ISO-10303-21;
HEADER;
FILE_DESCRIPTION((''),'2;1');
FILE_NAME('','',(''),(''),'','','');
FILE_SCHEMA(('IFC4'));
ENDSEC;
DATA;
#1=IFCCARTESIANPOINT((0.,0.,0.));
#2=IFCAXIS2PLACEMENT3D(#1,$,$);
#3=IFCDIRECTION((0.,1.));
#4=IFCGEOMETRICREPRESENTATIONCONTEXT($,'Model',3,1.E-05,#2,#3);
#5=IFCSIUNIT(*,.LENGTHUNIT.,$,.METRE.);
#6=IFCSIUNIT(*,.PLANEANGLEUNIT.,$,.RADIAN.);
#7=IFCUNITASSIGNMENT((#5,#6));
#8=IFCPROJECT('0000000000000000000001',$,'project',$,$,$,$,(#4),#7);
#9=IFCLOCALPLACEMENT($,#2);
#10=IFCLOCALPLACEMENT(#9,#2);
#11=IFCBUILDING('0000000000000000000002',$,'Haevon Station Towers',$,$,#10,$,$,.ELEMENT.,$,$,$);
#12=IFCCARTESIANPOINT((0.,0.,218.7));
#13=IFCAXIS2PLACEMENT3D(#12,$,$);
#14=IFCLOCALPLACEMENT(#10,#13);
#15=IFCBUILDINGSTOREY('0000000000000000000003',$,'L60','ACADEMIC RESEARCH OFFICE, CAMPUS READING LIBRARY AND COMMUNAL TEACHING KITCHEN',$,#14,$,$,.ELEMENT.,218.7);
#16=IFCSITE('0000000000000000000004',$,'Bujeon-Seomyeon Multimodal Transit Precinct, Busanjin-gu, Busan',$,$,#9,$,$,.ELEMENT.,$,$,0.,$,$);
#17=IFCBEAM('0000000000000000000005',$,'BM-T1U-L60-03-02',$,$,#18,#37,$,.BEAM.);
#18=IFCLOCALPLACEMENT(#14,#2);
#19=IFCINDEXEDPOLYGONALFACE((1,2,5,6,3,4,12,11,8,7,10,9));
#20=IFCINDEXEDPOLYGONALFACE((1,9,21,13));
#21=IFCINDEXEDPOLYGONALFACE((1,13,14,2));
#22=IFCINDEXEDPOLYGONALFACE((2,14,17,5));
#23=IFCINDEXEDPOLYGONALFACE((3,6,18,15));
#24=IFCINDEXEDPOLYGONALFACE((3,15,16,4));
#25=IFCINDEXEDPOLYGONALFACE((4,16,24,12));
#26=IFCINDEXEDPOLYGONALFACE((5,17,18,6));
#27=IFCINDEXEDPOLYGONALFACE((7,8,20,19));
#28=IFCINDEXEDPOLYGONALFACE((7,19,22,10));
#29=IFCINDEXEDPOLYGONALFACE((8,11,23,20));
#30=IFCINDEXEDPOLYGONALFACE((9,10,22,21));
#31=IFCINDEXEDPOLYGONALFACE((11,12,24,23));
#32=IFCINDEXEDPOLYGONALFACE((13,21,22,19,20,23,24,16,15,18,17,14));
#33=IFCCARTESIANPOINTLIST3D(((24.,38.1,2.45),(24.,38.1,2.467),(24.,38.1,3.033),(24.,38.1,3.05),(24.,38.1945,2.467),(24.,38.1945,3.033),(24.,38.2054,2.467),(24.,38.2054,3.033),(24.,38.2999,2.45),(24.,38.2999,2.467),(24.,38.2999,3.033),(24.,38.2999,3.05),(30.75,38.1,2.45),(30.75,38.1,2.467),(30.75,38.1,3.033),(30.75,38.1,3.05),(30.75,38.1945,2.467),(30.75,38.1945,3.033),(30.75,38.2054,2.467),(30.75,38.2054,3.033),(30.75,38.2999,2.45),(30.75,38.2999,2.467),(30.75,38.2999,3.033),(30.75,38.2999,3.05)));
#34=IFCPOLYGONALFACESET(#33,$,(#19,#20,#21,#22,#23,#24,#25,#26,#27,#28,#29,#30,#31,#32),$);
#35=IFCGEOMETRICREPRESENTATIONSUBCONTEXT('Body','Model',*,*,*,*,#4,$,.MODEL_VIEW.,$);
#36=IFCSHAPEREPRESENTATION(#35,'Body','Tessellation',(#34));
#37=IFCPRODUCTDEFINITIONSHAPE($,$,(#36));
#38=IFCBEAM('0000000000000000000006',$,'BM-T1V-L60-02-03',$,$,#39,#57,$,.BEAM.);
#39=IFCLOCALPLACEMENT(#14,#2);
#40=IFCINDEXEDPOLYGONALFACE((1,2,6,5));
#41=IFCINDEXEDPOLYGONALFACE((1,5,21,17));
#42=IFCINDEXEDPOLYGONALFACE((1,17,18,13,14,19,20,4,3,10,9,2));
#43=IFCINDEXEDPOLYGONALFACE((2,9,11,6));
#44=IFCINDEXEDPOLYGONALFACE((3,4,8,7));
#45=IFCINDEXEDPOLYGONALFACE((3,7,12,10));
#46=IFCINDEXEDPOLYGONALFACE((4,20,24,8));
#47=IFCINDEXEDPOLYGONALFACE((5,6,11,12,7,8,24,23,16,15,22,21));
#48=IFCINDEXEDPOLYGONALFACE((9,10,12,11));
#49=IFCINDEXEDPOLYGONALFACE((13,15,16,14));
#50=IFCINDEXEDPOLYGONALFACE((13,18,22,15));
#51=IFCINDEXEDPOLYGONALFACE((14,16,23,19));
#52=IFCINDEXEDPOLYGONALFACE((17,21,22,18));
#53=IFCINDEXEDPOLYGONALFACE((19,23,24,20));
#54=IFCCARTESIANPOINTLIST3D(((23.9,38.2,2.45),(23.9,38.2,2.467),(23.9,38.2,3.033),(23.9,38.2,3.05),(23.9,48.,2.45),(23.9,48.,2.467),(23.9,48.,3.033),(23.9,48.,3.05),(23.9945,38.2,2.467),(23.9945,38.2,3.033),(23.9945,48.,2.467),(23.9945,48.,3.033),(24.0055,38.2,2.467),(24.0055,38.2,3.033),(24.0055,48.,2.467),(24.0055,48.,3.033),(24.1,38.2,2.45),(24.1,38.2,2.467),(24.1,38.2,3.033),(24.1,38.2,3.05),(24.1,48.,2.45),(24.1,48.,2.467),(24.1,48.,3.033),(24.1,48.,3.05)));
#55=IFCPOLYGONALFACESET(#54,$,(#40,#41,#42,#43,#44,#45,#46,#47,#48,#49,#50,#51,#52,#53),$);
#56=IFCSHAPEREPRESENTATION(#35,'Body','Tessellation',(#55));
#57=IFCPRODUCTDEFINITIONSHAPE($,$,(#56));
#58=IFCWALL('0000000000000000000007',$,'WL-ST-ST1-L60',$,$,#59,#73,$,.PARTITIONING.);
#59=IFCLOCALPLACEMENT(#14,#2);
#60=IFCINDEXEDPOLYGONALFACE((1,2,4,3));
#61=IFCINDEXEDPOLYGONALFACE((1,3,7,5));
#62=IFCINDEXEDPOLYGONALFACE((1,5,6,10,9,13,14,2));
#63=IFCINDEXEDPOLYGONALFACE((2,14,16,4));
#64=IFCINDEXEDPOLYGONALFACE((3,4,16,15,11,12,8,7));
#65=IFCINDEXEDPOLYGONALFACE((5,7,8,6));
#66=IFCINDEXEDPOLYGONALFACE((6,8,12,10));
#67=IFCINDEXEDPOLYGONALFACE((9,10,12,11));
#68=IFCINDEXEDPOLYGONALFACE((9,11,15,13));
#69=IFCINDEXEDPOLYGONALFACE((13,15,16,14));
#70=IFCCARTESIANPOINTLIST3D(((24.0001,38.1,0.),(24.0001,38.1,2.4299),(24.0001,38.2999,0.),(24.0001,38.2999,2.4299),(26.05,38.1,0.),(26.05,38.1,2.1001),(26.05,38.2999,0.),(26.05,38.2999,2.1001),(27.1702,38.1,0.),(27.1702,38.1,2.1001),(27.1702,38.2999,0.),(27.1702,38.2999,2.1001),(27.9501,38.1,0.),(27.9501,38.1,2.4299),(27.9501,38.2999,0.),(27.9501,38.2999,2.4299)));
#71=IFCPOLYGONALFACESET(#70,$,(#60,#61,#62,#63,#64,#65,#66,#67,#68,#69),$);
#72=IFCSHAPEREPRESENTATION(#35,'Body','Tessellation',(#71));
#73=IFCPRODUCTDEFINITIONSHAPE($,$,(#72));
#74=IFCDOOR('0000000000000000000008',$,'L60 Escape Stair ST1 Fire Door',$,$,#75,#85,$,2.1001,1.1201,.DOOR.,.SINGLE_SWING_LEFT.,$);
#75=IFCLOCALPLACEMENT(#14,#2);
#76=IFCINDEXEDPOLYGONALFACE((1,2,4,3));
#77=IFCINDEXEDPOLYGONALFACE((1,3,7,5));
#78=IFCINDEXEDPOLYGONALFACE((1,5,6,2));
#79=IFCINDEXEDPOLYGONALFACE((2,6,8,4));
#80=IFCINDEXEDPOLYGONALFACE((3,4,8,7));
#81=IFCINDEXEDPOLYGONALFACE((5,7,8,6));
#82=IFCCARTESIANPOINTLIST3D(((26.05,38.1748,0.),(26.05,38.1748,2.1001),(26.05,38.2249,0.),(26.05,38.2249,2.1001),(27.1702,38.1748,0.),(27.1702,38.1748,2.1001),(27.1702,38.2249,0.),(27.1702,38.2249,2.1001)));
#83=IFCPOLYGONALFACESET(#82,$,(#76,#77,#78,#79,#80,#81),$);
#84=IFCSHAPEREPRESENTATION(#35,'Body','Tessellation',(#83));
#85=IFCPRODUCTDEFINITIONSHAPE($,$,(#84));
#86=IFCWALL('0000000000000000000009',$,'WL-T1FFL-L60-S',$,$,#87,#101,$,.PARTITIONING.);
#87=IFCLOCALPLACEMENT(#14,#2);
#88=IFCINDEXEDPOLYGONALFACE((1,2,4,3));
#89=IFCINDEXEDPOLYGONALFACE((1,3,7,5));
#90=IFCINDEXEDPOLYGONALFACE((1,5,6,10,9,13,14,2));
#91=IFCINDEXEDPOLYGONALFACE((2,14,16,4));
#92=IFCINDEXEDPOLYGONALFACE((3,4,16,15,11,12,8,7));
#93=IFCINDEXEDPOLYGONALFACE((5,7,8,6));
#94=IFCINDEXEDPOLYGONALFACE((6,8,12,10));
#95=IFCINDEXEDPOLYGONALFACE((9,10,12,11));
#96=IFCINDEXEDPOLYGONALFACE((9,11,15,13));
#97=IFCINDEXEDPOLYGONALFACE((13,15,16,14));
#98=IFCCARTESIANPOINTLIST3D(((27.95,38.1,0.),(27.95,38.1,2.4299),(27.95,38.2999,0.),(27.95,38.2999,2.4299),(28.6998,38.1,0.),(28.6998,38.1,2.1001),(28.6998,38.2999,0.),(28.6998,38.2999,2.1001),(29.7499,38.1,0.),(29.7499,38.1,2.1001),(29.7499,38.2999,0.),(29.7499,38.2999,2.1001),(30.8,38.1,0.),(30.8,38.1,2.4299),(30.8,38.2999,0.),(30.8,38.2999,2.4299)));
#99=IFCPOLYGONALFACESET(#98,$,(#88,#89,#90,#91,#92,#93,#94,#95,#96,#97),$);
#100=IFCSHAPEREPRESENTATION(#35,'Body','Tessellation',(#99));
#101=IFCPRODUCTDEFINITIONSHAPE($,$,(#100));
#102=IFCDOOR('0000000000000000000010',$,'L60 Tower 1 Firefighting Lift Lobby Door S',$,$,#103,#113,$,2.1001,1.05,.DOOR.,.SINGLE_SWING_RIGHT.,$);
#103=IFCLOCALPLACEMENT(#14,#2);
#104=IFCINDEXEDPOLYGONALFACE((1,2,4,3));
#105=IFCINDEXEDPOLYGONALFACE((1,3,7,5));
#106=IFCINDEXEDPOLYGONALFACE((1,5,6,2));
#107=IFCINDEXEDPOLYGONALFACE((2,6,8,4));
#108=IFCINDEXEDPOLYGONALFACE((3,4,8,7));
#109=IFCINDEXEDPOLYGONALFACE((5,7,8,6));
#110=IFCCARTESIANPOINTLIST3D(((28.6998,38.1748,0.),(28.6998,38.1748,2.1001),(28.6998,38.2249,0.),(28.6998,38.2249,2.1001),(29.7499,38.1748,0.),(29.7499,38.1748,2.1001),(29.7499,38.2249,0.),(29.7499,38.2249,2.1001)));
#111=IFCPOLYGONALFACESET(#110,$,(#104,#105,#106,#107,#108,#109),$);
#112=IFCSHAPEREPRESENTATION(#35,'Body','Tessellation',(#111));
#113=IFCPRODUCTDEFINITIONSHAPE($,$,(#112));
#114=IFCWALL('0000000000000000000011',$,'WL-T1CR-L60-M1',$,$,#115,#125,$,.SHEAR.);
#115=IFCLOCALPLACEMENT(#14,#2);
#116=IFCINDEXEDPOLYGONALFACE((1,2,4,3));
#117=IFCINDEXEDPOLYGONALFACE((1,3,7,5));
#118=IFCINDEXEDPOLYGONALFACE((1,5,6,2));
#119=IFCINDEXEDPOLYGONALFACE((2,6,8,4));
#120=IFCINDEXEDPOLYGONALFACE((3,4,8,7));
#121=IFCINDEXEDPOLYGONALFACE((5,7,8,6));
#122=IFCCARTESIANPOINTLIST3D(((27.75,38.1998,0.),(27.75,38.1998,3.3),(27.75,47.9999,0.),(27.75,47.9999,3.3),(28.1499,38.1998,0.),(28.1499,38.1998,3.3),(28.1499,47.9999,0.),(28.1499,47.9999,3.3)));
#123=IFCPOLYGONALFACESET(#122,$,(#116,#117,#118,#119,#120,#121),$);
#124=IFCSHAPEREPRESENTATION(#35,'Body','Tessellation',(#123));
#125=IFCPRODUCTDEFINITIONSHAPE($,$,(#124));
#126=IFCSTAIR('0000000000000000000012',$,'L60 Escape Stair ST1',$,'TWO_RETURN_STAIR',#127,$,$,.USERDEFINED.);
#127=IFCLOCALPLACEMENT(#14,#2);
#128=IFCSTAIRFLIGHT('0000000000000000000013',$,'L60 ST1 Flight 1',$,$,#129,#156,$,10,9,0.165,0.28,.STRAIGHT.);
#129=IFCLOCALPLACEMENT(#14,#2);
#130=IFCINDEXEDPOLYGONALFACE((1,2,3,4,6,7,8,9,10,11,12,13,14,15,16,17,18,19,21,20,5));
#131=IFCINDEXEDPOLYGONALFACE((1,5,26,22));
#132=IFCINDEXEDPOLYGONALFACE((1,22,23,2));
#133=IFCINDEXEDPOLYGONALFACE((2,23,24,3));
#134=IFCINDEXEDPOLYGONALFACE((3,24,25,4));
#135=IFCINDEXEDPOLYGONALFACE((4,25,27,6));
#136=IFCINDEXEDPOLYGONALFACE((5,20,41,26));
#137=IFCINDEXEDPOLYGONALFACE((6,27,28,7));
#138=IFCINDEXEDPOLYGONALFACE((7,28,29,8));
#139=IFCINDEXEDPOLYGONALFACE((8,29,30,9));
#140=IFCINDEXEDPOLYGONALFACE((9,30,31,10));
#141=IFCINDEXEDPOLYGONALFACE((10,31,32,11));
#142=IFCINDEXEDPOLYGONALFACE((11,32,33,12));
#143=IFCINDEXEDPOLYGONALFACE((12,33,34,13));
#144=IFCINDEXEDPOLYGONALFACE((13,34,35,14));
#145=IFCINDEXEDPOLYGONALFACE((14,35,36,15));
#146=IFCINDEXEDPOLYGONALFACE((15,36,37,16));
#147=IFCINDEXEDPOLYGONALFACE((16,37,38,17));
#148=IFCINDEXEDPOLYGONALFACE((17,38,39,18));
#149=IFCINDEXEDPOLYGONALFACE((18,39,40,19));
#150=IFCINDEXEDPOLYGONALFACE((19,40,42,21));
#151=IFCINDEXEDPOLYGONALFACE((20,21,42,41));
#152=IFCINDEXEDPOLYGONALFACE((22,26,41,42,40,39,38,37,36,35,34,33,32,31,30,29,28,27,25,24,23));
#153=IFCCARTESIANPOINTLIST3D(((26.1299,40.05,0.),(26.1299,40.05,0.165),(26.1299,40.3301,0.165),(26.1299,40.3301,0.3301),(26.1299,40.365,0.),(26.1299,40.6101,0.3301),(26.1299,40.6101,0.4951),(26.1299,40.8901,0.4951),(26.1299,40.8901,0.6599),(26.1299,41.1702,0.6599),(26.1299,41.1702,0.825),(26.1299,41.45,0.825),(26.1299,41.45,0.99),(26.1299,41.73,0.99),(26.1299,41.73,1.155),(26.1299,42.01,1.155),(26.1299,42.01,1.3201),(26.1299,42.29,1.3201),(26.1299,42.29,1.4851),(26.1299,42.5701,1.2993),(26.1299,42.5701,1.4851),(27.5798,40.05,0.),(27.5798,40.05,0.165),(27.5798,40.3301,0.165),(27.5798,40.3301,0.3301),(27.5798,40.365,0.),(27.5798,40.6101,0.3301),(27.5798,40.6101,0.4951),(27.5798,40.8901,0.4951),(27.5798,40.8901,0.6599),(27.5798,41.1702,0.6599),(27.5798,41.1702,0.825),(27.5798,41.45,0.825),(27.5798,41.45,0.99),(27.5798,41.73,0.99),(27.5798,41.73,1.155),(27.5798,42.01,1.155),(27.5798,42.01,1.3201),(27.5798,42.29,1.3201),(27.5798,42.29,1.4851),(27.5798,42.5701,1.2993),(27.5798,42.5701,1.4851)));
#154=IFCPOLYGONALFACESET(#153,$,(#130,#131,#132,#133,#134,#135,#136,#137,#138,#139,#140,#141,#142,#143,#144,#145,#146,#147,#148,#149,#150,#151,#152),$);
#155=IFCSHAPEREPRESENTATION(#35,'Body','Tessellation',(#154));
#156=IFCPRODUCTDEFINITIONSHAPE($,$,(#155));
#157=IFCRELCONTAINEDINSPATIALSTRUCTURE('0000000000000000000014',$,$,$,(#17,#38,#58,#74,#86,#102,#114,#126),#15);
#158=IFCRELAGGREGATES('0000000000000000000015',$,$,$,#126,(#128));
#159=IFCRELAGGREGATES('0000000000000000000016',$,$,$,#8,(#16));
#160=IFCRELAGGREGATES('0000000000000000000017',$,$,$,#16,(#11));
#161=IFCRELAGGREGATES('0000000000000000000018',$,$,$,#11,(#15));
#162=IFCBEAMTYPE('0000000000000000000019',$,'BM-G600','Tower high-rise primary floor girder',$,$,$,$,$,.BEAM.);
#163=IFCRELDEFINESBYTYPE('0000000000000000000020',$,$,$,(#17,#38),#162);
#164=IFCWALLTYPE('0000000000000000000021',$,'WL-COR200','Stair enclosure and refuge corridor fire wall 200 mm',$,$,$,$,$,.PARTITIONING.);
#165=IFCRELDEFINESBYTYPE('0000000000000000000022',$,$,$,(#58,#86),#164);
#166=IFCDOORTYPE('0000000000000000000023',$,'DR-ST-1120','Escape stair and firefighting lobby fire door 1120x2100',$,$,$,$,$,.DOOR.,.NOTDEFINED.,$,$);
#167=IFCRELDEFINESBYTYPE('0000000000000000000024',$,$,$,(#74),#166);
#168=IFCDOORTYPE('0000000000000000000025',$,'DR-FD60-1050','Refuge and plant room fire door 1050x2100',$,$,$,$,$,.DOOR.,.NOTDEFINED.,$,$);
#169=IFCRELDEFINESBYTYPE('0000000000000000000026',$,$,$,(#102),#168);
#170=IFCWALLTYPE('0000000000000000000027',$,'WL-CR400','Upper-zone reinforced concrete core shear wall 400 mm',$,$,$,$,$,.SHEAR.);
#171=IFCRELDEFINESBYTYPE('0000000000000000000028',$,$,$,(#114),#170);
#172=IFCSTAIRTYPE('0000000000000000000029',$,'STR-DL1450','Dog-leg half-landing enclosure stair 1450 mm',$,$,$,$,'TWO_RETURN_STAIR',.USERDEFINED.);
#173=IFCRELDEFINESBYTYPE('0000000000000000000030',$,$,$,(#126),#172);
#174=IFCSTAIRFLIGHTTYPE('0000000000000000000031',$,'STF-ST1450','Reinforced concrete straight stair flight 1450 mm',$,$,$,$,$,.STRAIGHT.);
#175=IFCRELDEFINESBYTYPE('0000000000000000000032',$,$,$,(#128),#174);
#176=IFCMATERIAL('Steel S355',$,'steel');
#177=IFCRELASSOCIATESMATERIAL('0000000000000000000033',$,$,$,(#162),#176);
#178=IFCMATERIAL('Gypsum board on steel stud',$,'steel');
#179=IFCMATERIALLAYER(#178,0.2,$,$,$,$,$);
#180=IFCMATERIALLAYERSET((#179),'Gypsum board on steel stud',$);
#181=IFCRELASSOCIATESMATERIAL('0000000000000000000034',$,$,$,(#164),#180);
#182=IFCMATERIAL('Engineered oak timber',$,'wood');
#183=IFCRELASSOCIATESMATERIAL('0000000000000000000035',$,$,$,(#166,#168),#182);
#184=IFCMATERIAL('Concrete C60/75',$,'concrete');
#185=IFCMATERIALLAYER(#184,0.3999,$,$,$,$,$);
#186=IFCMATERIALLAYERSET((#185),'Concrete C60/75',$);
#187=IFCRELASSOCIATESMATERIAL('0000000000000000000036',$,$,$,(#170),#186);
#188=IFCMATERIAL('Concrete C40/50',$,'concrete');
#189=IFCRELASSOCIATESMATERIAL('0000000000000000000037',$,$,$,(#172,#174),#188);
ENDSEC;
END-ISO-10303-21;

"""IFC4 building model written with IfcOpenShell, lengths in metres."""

from ifc_helpers import new_model, si_unit, direction, frame, frame_2d, origin, origin_2d, place, context, subcontext, project, spatial, polyline, rectangle, i_section, outline, extrude, material, layer, layer_set, material_profile, profile_set, type_object, element, fill, aggregate, save


model = new_model("IFC4")

# Units and contexts
model_context = context("Model", 3, precision=1e-05, world=origin(), true_north=direction((0.0, 1.0)))
body_context = subcontext(model_context, "Body", "Model", "MODEL_VIEW")
ifc_project = project(units=[si_unit("LENGTHUNIT", "METRE"), si_unit("PLANEANGLEUNIT", "RADIAN")], contexts=[model_context])

# Site, building, storey
site_placement = place(None, origin())
site = spatial("IfcSite", under=ifc_project, at=site_placement, Name="Bujeon-Seomyeon Multimodal Transit Precinct, Busanjin-gu, Busan", CompositionType="ELEMENT", RefElevation=0.0)
building_placement = place(site_placement, origin())
building = spatial("IfcBuilding", under=site, at=building_placement, Name="Haevon Station Towers", CompositionType="ELEMENT")
storey_placement = place(building_placement, frame((0.0, 0.0, 218.7)))
storey = spatial("IfcBuildingStorey", under=building, at=storey_placement, Name="L60", Description="ACADEMIC RESEARCH OFFICE, CAMPUS READING LIBRARY AND COMMUNAL TEACHING KITCHEN", CompositionType="ELEMENT", Elevation=218.7)

# Beams
ifc_material_1 = material(Name="Steel S355", Category="steel")
ifc_material_profile = material_profile(ifc_material_1, i_section(OverallWidth=0.2, OverallDepth=0.6001, WebThickness=0.011, FlangeThickness=0.0171, at=origin_2d()), Name="H-600x200x11x17")
ifc_profile_set = profile_set([ifc_material_profile], Name="Steel S355")
beam_type = type_object("IfcBeamType", Name="BM-G600", Description="Tower high-rise primary floor girder", PredefinedType="BEAM", material=ifc_profile_set)
beam_1_placement = place(storey_placement, frame((24.0, 38.2, 2.75), z_axis=(1.0, 0.0, 0.0), x_axis=(0.0, 1.0, 0.0)))
element("IfcBeam", 1, at=beam_1_placement, inside=storey, type_object=beam_type, Name="BM-T1U-L60-03-02", PredefinedType="BEAM", context=body_context, shape_type="SweptSolid", body=[
    extrude(i_section(OverallWidth=0.2, OverallDepth=0.6001, WebThickness=0.011, FlangeThickness=0.0171, at=origin_2d()), origin(), (0.0, 0.0, 1.0), 6.75),
])
beam_2_placement = place(storey_placement, frame((24.0, 38.2, 2.75), z_axis=(0.0, 1.0, 0.0), x_axis=(-1.0, 0.0, 0.0)))
element("IfcBeam", 2, at=beam_2_placement, inside=storey, type_object=beam_type, Name="BM-T1V-L60-02-03", PredefinedType="BEAM", context=body_context, shape_type="SweptSolid", body=[
    extrude(i_section(OverallWidth=0.2, OverallDepth=0.6001, WebThickness=0.011, FlangeThickness=0.0171, at=origin_2d()), origin(), (0.0, 0.0, 1.0), 9.8),
])

# Walls, openings, doors
ifc_material_2 = material(Name="Gypsum board on steel stud", Category="steel")
ifc_layer_1 = layer(ifc_material_2, 0.2)
ifc_layer_set_1 = layer_set([ifc_layer_1], Name="Gypsum board on steel stud")
wall_type_1 = type_object("IfcWallType", Name="WL-COR200", Description="Stair enclosure and refuge corridor fire wall 200 mm", PredefinedType="PARTITIONING", material=ifc_layer_set_1)
wall_1_placement = place(storey_placement, frame((24.0, 38.2, 0.0), z_axis=(0.0, 0.0, 1.0), x_axis=(1.0, 0.0, 0.0)))
wall_1 = element("IfcWall", 3, at=wall_1_placement, inside=storey, type_object=wall_type_1, Name="WL-ST-ST1-L60", PredefinedType="PARTITIONING", context=body_context, shape_type="SweptSolid", body=[
    extrude(rectangle(XDim=3.95, YDim=0.2, at=frame_2d((1.9751, 0.0))), origin(), (0.0, 0.0, 1.0), 2.4299),
])
opening_1_placement = place(wall_1_placement, frame((2.05, 0.0, 0.0)))
opening_1 = element("IfcOpeningElement", 4, at=opening_1_placement, cuts=wall_1, PredefinedType="OPENING", context=body_context, shape_type="SweptSolid", body=[
    extrude(rectangle(XDim=1.1201, YDim=2.1001, at=frame_2d((0.5601, 1.05))), frame((0.0, 0.1099, 0.0), z_axis=(0.0, -1.0, 0.0), x_axis=(1.0, 0.0, 0.0)), (0.0, 0.0, 1.0), 0.22),
])
ifc_material_3 = material(Name="Engineered oak timber", Category="wood")
door_type_1 = type_object("IfcDoorType", Name="DR-ST-1120", Description="Escape stair and firefighting lobby fire door 1120x2100", OperationType="NOTDEFINED", PredefinedType="DOOR", material=ifc_material_3)
door_1_placement = place(opening_1_placement, origin())
door_1 = element("IfcDoor", 5, at=door_1_placement, inside=storey, type_object=door_type_1, Name="L60 Escape Stair ST1 Fire Door", OperationType="SINGLE_SWING_LEFT", OverallHeight=2.1001, OverallWidth=1.1201, PredefinedType="DOOR", context=body_context, shape_type="SweptSolid", body=[
    extrude(rectangle(XDim=1.1201, YDim=2.1001, at=frame_2d((0.5601, 1.05))), frame((0.0, 0.0249, 0.0), z_axis=(0.0, -1.0, 0.0), x_axis=(1.0, 0.0, 0.0)), (0.0, 0.0, 1.0), 0.05),
])
fill(opening_1, door_1)
wall_2_placement = place(storey_placement, frame((27.95, 38.2, 0.0), z_axis=(0.0, 0.0, 1.0), x_axis=(1.0, 0.0, 0.0)))
wall_2 = element("IfcWall", 6, at=wall_2_placement, inside=storey, type_object=wall_type_1, Name="WL-T1FFL-L60-S", PredefinedType="PARTITIONING", context=body_context, shape_type="SweptSolid", body=[
    extrude(rectangle(XDim=2.8501, YDim=0.2, at=frame_2d((1.425, 0.0))), origin(), (0.0, 0.0, 1.0), 2.4299),
])
opening_2_placement = place(wall_2_placement, frame((0.75, 0.0, 0.0)))
opening_2 = element("IfcOpeningElement", 7, at=opening_2_placement, cuts=wall_2, PredefinedType="OPENING", context=body_context, shape_type="SweptSolid", body=[
    extrude(rectangle(XDim=1.05, YDim=2.1001, at=frame_2d((0.5249, 1.05))), frame((0.0, 0.1099, 0.0), z_axis=(0.0, -1.0, 0.0), x_axis=(1.0, 0.0, 0.0)), (0.0, 0.0, 1.0), 0.22),
])
door_type_2 = type_object("IfcDoorType", Name="DR-FD60-1050", Description="Refuge and plant room fire door 1050x2100", OperationType="NOTDEFINED", PredefinedType="DOOR", material=ifc_material_3)
door_2_placement = place(opening_2_placement, origin())
door_2 = element("IfcDoor", 8, at=door_2_placement, inside=storey, type_object=door_type_2, Name="L60 Tower 1 Firefighting Lift Lobby Door S", OperationType="SINGLE_SWING_RIGHT", OverallHeight=2.1001, OverallWidth=1.05, PredefinedType="DOOR", context=body_context, shape_type="SweptSolid", body=[
    extrude(rectangle(XDim=1.05, YDim=2.1001, at=frame_2d((0.5249, 1.05))), frame((0.0, 0.0249, 0.0), z_axis=(0.0, -1.0, 0.0), x_axis=(1.0, 0.0, 0.0)), (0.0, 0.0, 1.0), 0.05),
])
fill(opening_2, door_2)

# Wall
ifc_material_4 = material(Name="Concrete C60/75", Category="concrete")
ifc_layer_2 = layer(ifc_material_4, 0.3999)
ifc_layer_set_2 = layer_set([ifc_layer_2], Name="Concrete C60/75")
wall_type_2 = type_object("IfcWallType", Name="WL-CR400", Description="Upper-zone reinforced concrete core shear wall 400 mm", PredefinedType="SHEAR", material=ifc_layer_set_2)
wall_3_placement = place(storey_placement, frame((27.95, 38.2, 0.0), z_axis=(0.0, 0.0, 1.0), x_axis=(0.0, 1.0, 0.0)))
element("IfcWall", 9, at=wall_3_placement, inside=storey, type_object=wall_type_2, Name="WL-T1CR-L60-M1", PredefinedType="SHEAR", context=body_context, shape_type="SweptSolid", body=[
    extrude(rectangle(XDim=9.8, YDim=0.3999, at=frame_2d((4.8999, 0.0))), origin(), (0.0, 0.0, 1.0), 3.3),
])

# Stair, stair flight
ifc_material_5 = material(Name="Concrete C40/50", Category="concrete")
stair_type = type_object("IfcStairType", Name="STR-DL1450", Description="Dog-leg half-landing enclosure stair 1450 mm", ElementType="TWO_RETURN_STAIR", PredefinedType="USERDEFINED", material=ifc_material_5)
stair_placement = place(storey_placement, origin())
stair = element("IfcStair", 10, at=stair_placement, inside=storey, type_object=stair_type, Name="L60 Escape Stair ST1", ObjectType="TWO_RETURN_STAIR", PredefinedType="USERDEFINED")
stair_flight_type = type_object("IfcStairFlightType", Name="STF-ST1450", Description="Reinforced concrete straight stair flight 1450 mm", PredefinedType="STRAIGHT", material=ifc_material_5)
stair_flight_placement = place(storey_placement, frame((26.855, 40.05, 0.0), z_axis=(0.0, 0.0, 1.0), x_axis=(0.0, 1.0, 0.0)))
stair_flight = element("IfcStairFlight", 11, at=stair_flight_placement, type_object=stair_flight_type, Name="L60 ST1 Flight 1", NumberOfRisers=10, NumberOfTreads=9, PredefinedType="STRAIGHT", RiserHeight=0.165, TreadLength=0.28, context=body_context, shape_type="SweptSolid", body=[
    extrude(outline(polyline([(0.0, 0.0), (0.0, 0.165), (0.28, 0.165), (0.28, 0.3301), (0.5601, 0.3301), (0.5601, 0.4951), (0.8401, 0.4951), (0.8401, 0.6599), (1.1201, 0.6599), (1.1201, 0.825), (1.3999, 0.825), (1.3999, 0.99), (1.6799, 0.99), (1.6799, 1.155), (1.96, 1.155), (1.96, 1.3201), (2.24, 1.3201), (2.24, 1.4851), (2.52, 1.4851), (2.52, 1.6499), (2.52, 1.2993), (0.3149, 0.0), (0.0, 0.0)])), frame((0.0, 0.7251, 0.0), z_axis=(0.0, -1.0, 0.0), x_axis=(1.0, 0.0, 0.0)), (0.0, 0.0, 1.0), 1.45),
])
aggregate(stair, [stair_flight])

save(model, "model.ifc")
